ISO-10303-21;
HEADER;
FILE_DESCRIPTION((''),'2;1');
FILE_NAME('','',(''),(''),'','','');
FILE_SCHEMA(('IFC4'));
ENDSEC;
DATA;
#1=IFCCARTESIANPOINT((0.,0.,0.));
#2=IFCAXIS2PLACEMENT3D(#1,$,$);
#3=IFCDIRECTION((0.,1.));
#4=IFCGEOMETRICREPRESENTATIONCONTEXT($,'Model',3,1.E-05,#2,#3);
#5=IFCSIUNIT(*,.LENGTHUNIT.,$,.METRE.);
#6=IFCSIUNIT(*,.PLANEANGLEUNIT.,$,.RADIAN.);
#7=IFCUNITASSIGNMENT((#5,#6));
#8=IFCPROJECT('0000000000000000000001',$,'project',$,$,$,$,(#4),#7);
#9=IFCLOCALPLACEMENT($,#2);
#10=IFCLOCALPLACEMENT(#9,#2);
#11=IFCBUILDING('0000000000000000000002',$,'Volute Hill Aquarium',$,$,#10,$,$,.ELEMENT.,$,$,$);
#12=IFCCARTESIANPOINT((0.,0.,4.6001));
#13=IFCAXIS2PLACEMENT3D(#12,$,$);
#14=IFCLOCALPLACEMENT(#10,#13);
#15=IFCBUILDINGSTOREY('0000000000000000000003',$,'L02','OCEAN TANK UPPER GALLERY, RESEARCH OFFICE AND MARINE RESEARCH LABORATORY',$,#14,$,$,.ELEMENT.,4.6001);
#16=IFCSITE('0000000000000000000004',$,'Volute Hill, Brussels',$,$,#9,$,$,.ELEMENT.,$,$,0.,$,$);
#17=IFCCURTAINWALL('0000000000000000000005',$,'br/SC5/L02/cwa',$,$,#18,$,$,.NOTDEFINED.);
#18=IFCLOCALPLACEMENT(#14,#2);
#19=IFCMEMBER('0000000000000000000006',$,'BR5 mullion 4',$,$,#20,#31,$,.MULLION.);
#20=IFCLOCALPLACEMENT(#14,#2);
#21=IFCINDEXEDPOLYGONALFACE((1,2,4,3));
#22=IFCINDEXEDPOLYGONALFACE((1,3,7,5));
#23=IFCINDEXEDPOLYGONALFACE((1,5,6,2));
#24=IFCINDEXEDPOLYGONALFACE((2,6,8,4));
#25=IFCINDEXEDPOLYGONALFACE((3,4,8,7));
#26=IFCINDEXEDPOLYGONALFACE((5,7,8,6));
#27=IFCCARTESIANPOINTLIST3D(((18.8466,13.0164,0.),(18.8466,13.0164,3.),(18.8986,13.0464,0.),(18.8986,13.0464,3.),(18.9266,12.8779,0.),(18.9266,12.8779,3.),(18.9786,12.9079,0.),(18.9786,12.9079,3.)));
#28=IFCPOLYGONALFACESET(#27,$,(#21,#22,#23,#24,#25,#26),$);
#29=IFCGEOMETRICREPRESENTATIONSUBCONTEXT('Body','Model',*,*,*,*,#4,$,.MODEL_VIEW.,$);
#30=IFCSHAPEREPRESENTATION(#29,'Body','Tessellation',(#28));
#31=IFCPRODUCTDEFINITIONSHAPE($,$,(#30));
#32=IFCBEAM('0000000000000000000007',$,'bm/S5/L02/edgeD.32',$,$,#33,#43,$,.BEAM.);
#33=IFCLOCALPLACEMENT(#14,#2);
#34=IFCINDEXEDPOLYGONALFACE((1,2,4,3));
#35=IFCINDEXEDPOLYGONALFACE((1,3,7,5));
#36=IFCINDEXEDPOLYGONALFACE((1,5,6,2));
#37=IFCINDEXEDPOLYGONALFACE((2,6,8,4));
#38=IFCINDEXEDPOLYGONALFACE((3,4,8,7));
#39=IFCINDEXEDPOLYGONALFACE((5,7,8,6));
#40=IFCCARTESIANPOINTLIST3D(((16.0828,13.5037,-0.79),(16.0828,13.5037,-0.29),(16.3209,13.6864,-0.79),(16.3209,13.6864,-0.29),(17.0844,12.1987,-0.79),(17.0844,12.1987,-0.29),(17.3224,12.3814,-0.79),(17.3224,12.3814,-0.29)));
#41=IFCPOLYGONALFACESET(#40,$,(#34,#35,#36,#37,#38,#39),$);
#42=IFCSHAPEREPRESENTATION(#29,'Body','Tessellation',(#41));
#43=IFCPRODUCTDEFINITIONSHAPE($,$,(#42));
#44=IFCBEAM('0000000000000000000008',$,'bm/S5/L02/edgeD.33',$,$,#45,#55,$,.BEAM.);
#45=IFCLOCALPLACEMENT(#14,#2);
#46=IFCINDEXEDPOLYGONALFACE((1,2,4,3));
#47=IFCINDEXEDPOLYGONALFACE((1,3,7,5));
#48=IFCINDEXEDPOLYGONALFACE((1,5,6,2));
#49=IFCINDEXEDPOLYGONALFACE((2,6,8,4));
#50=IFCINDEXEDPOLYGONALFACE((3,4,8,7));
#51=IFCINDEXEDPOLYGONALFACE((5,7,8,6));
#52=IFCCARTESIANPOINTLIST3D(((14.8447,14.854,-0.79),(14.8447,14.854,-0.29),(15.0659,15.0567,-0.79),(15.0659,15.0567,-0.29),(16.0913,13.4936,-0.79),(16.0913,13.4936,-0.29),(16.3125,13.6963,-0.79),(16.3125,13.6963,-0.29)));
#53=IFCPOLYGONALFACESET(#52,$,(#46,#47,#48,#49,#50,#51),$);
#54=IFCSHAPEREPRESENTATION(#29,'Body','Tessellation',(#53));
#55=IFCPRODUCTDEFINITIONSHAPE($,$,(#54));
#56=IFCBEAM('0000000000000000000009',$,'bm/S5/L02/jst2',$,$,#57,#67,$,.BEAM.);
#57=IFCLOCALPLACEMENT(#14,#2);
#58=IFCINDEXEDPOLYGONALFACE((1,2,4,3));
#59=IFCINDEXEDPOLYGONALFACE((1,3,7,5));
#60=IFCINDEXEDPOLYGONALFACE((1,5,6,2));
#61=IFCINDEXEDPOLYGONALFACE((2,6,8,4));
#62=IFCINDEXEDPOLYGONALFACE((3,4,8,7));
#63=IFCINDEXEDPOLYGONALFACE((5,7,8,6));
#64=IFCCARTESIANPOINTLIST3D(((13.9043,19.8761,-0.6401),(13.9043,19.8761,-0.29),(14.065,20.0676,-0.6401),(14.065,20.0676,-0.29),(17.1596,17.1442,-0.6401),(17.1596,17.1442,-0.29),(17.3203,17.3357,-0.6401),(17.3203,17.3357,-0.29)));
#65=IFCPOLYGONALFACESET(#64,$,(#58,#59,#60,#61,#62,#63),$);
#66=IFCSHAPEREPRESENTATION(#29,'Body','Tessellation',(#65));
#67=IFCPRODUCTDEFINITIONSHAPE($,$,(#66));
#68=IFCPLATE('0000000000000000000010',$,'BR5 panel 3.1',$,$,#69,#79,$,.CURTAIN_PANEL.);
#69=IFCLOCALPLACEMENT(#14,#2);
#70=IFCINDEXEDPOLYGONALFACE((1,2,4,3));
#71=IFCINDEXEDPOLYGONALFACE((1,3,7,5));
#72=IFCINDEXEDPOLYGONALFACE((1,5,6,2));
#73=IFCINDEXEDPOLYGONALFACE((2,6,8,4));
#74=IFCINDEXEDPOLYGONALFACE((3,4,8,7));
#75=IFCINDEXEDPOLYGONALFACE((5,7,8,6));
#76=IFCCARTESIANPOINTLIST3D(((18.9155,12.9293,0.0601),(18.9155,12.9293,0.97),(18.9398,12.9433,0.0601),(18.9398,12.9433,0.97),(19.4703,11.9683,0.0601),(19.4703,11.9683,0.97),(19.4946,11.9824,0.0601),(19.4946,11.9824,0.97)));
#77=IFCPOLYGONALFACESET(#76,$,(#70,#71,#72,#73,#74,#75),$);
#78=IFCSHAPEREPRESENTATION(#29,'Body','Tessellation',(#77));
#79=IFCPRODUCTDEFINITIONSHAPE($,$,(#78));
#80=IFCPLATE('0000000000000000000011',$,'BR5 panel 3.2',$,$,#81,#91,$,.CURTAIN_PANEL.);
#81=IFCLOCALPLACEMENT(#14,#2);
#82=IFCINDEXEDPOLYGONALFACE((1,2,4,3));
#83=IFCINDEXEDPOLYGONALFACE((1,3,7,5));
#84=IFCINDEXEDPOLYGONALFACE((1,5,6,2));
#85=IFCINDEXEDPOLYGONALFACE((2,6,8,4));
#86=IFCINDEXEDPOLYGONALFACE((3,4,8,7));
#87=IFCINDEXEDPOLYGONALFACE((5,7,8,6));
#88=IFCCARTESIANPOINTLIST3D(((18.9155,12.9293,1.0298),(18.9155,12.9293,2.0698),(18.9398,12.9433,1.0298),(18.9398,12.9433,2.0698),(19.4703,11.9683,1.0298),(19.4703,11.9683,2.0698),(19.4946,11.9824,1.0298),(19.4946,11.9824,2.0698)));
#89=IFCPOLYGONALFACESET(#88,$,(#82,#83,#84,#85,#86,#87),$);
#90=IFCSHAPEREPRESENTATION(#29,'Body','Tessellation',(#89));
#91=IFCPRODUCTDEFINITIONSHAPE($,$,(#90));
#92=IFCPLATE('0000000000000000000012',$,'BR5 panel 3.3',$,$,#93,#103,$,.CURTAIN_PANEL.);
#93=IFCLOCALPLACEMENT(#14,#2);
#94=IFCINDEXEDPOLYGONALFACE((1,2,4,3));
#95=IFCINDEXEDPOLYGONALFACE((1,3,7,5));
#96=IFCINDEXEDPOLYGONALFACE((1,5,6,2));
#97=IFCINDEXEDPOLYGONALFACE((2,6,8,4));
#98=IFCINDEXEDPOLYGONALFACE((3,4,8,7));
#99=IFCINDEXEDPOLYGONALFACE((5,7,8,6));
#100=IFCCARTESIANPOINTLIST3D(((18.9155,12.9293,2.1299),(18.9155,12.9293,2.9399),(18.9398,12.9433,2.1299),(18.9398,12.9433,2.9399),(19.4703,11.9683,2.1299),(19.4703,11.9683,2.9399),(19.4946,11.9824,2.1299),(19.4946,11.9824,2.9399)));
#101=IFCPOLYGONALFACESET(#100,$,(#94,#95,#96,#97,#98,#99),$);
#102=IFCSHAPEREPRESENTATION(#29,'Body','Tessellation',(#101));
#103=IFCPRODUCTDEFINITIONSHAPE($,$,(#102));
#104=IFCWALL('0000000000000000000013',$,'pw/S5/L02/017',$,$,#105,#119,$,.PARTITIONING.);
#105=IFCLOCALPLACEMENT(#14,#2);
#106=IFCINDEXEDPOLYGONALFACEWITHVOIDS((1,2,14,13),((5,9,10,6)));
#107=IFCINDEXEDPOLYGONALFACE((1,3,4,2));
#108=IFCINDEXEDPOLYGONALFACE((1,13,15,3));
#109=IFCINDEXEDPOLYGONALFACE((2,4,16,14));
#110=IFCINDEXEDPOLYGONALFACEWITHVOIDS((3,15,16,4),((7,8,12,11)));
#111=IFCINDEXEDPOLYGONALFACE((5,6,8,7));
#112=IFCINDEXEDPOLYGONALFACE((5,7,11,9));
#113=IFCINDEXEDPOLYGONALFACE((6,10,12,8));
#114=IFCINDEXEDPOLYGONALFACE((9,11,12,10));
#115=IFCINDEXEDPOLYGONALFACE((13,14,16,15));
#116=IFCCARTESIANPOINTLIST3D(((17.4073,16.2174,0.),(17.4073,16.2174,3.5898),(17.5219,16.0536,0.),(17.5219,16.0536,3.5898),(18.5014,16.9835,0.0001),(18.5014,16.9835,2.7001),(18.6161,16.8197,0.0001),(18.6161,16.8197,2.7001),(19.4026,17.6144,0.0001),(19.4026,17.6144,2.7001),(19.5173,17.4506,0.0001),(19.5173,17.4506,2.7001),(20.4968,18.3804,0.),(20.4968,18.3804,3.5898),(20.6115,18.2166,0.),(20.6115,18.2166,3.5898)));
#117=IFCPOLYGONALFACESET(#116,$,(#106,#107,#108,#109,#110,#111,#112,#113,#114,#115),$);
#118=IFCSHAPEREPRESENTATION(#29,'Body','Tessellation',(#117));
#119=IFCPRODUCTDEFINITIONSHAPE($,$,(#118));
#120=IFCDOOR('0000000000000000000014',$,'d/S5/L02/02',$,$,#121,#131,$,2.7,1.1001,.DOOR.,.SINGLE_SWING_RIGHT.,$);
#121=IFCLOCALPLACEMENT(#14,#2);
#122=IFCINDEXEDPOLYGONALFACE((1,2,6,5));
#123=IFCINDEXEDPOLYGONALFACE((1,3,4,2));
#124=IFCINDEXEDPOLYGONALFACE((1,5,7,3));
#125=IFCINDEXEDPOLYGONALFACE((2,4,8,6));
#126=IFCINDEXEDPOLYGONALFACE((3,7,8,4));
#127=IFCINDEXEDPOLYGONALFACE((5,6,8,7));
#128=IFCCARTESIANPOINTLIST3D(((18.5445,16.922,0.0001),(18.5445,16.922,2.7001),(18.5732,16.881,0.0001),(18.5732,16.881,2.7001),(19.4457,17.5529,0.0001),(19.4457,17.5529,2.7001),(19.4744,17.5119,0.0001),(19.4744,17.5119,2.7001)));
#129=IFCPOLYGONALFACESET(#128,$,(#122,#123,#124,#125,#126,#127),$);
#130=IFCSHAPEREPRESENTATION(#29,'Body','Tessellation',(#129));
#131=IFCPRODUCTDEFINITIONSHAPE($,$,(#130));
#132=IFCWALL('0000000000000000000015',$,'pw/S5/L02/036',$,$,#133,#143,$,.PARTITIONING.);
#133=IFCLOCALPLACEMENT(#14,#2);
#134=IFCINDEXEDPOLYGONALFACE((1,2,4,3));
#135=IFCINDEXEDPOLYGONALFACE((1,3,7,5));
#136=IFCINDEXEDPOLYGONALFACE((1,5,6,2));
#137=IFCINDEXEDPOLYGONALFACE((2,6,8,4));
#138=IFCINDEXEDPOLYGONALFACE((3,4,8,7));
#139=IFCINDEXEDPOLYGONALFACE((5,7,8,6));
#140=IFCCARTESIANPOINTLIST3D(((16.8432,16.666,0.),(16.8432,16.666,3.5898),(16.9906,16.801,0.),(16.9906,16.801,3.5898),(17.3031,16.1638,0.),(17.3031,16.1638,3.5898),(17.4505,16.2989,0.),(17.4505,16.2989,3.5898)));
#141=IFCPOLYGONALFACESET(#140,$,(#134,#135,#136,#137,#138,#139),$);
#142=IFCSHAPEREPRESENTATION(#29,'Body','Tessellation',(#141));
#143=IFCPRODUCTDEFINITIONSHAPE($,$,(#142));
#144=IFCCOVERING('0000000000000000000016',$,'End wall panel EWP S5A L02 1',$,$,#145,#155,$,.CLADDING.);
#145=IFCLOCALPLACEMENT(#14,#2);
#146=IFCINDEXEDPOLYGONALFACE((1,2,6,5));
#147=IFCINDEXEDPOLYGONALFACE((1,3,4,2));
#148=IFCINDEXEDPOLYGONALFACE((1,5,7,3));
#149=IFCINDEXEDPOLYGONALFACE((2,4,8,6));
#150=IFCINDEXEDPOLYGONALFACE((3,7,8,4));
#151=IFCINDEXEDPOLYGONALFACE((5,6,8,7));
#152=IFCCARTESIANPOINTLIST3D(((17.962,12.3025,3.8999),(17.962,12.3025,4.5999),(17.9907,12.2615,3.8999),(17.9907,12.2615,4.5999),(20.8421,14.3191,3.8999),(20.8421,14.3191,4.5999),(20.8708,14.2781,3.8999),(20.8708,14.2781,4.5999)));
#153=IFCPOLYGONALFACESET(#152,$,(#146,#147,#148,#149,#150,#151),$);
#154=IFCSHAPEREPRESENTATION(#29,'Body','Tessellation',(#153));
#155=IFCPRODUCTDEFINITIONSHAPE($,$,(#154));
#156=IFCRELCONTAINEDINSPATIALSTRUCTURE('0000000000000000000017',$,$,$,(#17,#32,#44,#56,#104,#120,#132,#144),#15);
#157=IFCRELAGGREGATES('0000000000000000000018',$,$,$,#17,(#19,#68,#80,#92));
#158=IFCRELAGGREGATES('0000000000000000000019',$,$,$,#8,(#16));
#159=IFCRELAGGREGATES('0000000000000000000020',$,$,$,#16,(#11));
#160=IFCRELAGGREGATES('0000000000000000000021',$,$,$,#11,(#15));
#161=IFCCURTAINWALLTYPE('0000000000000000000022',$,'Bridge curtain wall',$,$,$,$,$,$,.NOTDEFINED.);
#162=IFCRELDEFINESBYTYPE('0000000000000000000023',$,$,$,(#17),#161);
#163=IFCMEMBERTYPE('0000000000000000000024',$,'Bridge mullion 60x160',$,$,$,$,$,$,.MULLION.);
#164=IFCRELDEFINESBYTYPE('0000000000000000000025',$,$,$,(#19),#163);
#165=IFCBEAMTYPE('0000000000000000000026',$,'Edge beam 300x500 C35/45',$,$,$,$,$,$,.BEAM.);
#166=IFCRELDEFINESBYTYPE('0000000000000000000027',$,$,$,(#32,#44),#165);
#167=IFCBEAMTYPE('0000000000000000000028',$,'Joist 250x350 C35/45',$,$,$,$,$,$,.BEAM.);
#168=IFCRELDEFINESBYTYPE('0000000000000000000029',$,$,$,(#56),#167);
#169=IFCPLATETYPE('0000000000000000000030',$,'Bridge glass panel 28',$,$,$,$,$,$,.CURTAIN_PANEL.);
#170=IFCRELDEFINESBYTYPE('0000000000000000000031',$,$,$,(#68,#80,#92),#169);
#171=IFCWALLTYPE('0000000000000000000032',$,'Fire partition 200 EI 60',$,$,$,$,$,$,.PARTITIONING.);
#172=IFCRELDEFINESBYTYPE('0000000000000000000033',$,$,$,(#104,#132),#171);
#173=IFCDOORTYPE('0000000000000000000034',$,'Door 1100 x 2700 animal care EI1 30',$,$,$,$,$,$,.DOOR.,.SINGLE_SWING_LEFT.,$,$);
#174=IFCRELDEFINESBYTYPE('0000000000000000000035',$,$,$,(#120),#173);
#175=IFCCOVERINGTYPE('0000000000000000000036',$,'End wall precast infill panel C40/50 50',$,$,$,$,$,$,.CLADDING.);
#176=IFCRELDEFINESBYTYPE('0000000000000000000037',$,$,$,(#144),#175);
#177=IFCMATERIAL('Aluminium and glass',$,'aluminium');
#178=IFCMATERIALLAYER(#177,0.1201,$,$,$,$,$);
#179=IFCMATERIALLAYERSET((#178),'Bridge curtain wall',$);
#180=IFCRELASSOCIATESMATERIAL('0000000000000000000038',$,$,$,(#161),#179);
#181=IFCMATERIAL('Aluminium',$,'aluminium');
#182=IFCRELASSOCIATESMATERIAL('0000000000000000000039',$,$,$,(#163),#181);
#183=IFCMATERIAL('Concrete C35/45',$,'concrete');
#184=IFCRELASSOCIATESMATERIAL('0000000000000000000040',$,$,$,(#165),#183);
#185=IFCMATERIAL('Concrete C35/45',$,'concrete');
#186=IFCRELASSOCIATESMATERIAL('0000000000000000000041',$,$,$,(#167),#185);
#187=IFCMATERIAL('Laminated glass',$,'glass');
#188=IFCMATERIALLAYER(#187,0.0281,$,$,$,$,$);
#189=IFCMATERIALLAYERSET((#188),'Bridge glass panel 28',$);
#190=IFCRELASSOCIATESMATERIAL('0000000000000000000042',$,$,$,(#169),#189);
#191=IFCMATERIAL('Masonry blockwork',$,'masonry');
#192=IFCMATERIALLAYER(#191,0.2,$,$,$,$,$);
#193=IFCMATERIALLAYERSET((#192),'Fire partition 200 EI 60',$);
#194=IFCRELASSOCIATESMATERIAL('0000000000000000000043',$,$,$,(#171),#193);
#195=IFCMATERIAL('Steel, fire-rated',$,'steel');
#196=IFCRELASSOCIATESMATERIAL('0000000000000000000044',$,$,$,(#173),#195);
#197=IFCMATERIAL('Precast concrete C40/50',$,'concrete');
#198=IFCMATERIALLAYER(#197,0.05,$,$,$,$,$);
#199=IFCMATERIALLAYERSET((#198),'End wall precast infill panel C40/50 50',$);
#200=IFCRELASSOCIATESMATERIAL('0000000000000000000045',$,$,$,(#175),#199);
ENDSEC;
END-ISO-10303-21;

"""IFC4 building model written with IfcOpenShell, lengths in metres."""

from ifc_helpers import new_model, si_unit, direction, frame, frame_2d, origin, origin_2d, place, context, subcontext, project, spatial, polyline, rectangle, outline, extrude, material, layer, layer_set, material_profile, profile_set, type_object, element, fill, aggregate, save


model = new_model("IFC4")

# Units and contexts
model_context = context("Model", 3, precision=1e-05, world=origin(), true_north=direction((0.0, 1.0)))
body_context = subcontext(model_context, "Body", "Model", "MODEL_VIEW")
ifc_project = project(units=[si_unit("LENGTHUNIT", "METRE"), si_unit("PLANEANGLEUNIT", "RADIAN")], contexts=[model_context])

# Site, building, storey
site_placement = place(None, origin())
site = spatial("IfcSite", under=ifc_project, at=site_placement, Name="Volute Hill, Brussels", CompositionType="ELEMENT", RefElevation=0.0)
building_placement = place(site_placement, origin())
building = spatial("IfcBuilding", under=site, at=building_placement, Name="Volute Hill Aquarium", CompositionType="ELEMENT")
storey_placement = place(building_placement, frame((0.0, 0.0, 4.6001)))
storey = spatial("IfcBuildingStorey", under=building, at=storey_placement, Name="L02", Description="OCEAN TANK UPPER GALLERY, RESEARCH OFFICE AND MARINE RESEARCH LABORATORY", CompositionType="ELEMENT", Elevation=4.6001)

# Curtain wall, member
ifc_material_1 = material(Name="Aluminium and glass", Category="aluminium")
ifc_layer_1 = layer(ifc_material_1, 0.1201)
ifc_layer_set_1 = layer_set([ifc_layer_1], Name="Bridge curtain wall")
curtain_wall_type = type_object("IfcCurtainWallType", Name="Bridge curtain wall", PredefinedType="NOTDEFINED", material=ifc_layer_set_1)
curtain_wall_placement = place(storey_placement, origin())
curtain_wall = element("IfcCurtainWall", 1, at=curtain_wall_placement, inside=storey, type_object=curtain_wall_type, Name="br/SC5/L02/cwa", PredefinedType="NOTDEFINED")
ifc_material_2 = material(Name="Aluminium", Category="aluminium")
ifc_material_profile_1 = material_profile(ifc_material_2, rectangle(XDim=0.0601, YDim=0.1599, at=origin_2d()), Name="Aluminium mullion 60x160")
ifc_profile_set_1 = profile_set([ifc_material_profile_1], Name="Aluminium")
member_type = type_object("IfcMemberType", Name="Bridge mullion 60x160", PredefinedType="MULLION", material=ifc_profile_set_1)
member_placement = place(storey_placement, frame((18.9126, 12.9622, 0.0), z_axis=(0.0, 0.0, 1.0), x_axis=(-0.86602, -0.50001, 0.0)))
member = element("IfcMember", 2, at=member_placement, type_object=member_type, Name="BR5 mullion 4", PredefinedType="MULLION", context=body_context, shape_type="SweptSolid", body=[
    extrude(rectangle(XDim=0.0601, YDim=0.1599, at=origin_2d()), origin(), (0.0, 0.0, 1.0), 3.0),
])

# Beams
ifc_material_3 = material(Name="Concrete C35/45", Category="concrete")
ifc_material_profile_2 = material_profile(ifc_material_3, rectangle(XDim=0.3, YDim=0.5, at=origin_2d()), Name="RC edge beam 300x500")
ifc_profile_set_2 = profile_set([ifc_material_profile_2], Name="Concrete C35/45")
beam_type_1 = type_object("IfcBeamType", Name="Edge beam 300x500 C35/45", PredefinedType="BEAM", material=ifc_profile_set_2)
beam_1_placement = place(storey_placement, frame((17.2034, 12.29, -0.54), z_axis=(-0.608821, 0.793308, 0.0), x_axis=(-0.793308, -0.608821, 0.0)))
element("IfcBeam", 3, at=beam_1_placement, inside=storey, type_object=beam_type_1, Name="bm/S5/L02/edgeD.32", PredefinedType="BEAM", context=body_context, shape_type="SweptSolid", body=[
    extrude(rectangle(XDim=0.3, YDim=0.5, at=origin_2d()), origin(), (0.0, 0.0, 1.0), 1.645),
])
beam_2_placement = place(storey_placement, frame((16.2019, 13.595, -0.54), z_axis=(-0.675605, 0.737264, 0.0), x_axis=(-0.737264, -0.675605, 0.0)))
element("IfcBeam", 4, at=beam_2_placement, inside=storey, type_object=beam_type_1, Name="bm/S5/L02/edgeD.33", PredefinedType="BEAM", context=body_context, shape_type="SweptSolid", body=[
    extrude(rectangle(XDim=0.3, YDim=0.5, at=origin_2d()), origin(), (0.0, 0.0, 1.0), 1.8452),
])
ifc_material_4 = material(Name="Concrete C35/45", Category="concrete")
ifc_material_profile_3 = material_profile(ifc_material_4, rectangle(XDim=0.25, YDim=0.3501, at=origin_2d()), Name="RC joist 250x350")
ifc_profile_set_3 = profile_set([ifc_material_profile_3], Name="Concrete C35/45")
beam_type_2 = type_object("IfcBeamType", Name="Joist 250x350 C35/45", PredefinedType="BEAM", material=ifc_profile_set_3)
beam_3_placement = place(storey_placement, frame((17.24, 17.24, -0.4651), z_axis=(-0.766004, 0.642836, 0.0), x_axis=(-0.642836, -0.766004, 0.0)))
element("IfcBeam", 5, at=beam_3_placement, inside=storey, type_object=beam_type_2, Name="bm/S5/L02/jst2", PredefinedType="BEAM", context=body_context, shape_type="SweptSolid", body=[
    extrude(rectangle(XDim=0.25, YDim=0.3501, at=origin_2d()), origin(), (0.0, 0.0, 1.0), 4.2498),
])

# Plates
ifc_material_5 = material(Name="Laminated glass", Category="glass")
ifc_layer_2 = layer(ifc_material_5, 0.0281)
ifc_layer_set_2 = layer_set([ifc_layer_2], Name="Bridge glass panel 28")
plate_type = type_object("IfcPlateType", Name="Bridge glass panel 28", PredefinedType="CURTAIN_PANEL", material=ifc_layer_set_2)
plate_1_placement = place(storey_placement, frame((19.2051, 12.4558, 0.0601), z_axis=(0.0, 0.0, 1.0), x_axis=(-0.50001, 0.86602, 0.0)))
plate_1 = element("IfcPlate", 6, at=plate_1_placement, type_object=plate_type, Name="BR5 panel 3.1", PredefinedType="CURTAIN_PANEL", context=body_context, shape_type="SweptSolid", body=[
    extrude(rectangle(XDim=1.1096, YDim=0.0281, at=origin_2d()), origin(), (0.0, 0.0, 1.0), 0.9099),
])
plate_2_placement = place(storey_placement, frame((19.2051, 12.4558, 1.0298), z_axis=(0.0, 0.0, 1.0), x_axis=(-0.50001, 0.86602, 0.0)))
plate_2 = element("IfcPlate", 7, at=plate_2_placement, type_object=plate_type, Name="BR5 panel 3.2", PredefinedType="CURTAIN_PANEL", context=body_context, shape_type="SweptSolid", body=[
    extrude(rectangle(XDim=1.1096, YDim=0.0281, at=origin_2d()), origin(), (0.0, 0.0, 1.0), 1.04),
])
plate_3_placement = place(storey_placement, frame((19.2051, 12.4558, 2.1299), z_axis=(0.0, 0.0, 1.0), x_axis=(-0.50001, 0.86602, 0.0)))
plate_3 = element("IfcPlate", 8, at=plate_3_placement, type_object=plate_type, Name="BR5 panel 3.3", PredefinedType="CURTAIN_PANEL", context=body_context, shape_type="SweptSolid", body=[
    extrude(rectangle(XDim=1.1096, YDim=0.0281, at=origin_2d()), origin(), (0.0, 0.0, 1.0), 0.8101),
])
aggregate(curtain_wall, [member, plate_1, plate_2, plate_3])

# Wall, opening, door
ifc_material_6 = material(Name="Masonry blockwork", Category="masonry")
ifc_layer_3 = layer(ifc_material_6, 0.2)
ifc_layer_set_3 = layer_set([ifc_layer_3], Name="Fire partition 200 EI 60")
wall_type = type_object("IfcWallType", Name="Fire partition 200 EI 60", PredefinedType="PARTITIONING", material=ifc_layer_set_3)
wall_1_placement = place(storey_placement, frame((17.4646, 16.1355, 0.0), z_axis=(0.0, 0.0, 1.0), x_axis=(0.819186, 0.573528, 0.0)))
wall_1 = element("IfcWall", 9, at=wall_1_placement, inside=storey, type_object=wall_type, Name="pw/S5/L02/017", PredefinedType="PARTITIONING", context=body_context, shape_type="SweptSolid", body=[
    extrude(rectangle(XDim=3.7715, YDim=0.2, at=frame_2d((1.8857, 0.0))), origin(), (0.0, 0.0, 1.0), 3.5898),
])
opening_placement = place(wall_1_placement, frame((1.3357, 0.0, 0.0)))
opening = element("IfcOpeningElement", 10, at=opening_placement, cuts=wall_1, PredefinedType="OPENING", context=body_context, shape_type="SweptSolid", body=[
    extrude(rectangle(XDim=1.1001, YDim=2.7, at=frame_2d((0.55, 1.3501))), frame((0.0, 0.1099, 0.0), z_axis=(0.0, -1.0, 0.0), x_axis=(1.0, 0.0, 0.0)), (0.0, 0.0, 1.0), 0.22),
])
ifc_material_7 = material(Name="Steel, fire-rated", Category="steel")
door_type = type_object("IfcDoorType", Name="Door 1100 x 2700 animal care EI1 30", OperationType="SINGLE_SWING_LEFT", PredefinedType="DOOR", material=ifc_material_7)
door_placement = place(opening_placement, origin())
door = element("IfcDoor", 11, at=door_placement, inside=storey, type_object=door_type, Name="d/S5/L02/02", OperationType="SINGLE_SWING_RIGHT", OverallHeight=2.7, OverallWidth=1.1001, PredefinedType="DOOR", context=body_context, shape_type="SweptSolid", body=[
    extrude(rectangle(XDim=1.1001, YDim=2.7, at=frame_2d((0.55, 1.3501))), frame((0.0, 0.0249, 0.0), z_axis=(0.0, -1.0, 0.0), x_axis=(1.0, 0.0, 0.0)), (0.0, 0.0, 1.0), 0.05),
])
fill(opening, door)

# Wall
wall_2_placement = place(storey_placement, frame((16.917, 16.7334, 0.0), z_axis=(0.0, 0.0, 1.0), x_axis=(0.675416, -0.737437, 0.0)))
element("IfcWall", 12, at=wall_2_placement, inside=storey, type_object=wall_type, Name="pw/S5/L02/036", PredefinedType="PARTITIONING", context=body_context, shape_type="SweptSolid", body=[
    extrude(rectangle(XDim=0.6809, YDim=0.2, at=frame_2d((0.3403, 0.0))), origin(), (0.0, 0.0, 1.0), 3.5898),
])

# Covering
ifc_material_8 = material(Name="Precast concrete C40/50", Category="concrete")
ifc_layer_4 = layer(ifc_material_8, 0.05)
ifc_layer_set_4 = layer_set([ifc_layer_4], Name="End wall precast infill panel C40/50 50")
covering_type = type_object("IfcCoveringType", Name="End wall precast infill panel C40/50 50", PredefinedType="CLADDING", material=ifc_layer_set_4)
covering_placement = place(storey_placement, frame((17.9907, 12.2615, 3.8999), z_axis=(0.57356, -0.819163, 0.0), x_axis=(0.819163, 0.57356, 0.0)))
element("IfcCovering", 13, at=covering_placement, inside=storey, type_object=covering_type, Name="End wall panel EWP S5A L02 1", PredefinedType="CLADDING", context=body_context, shape_type="SweptSolid", body=[
    extrude(outline(polyline([(0.0, 0.0), (3.5159, 0.0), (3.5159, 0.7), (0.0, 0.7), (0.0, 0.0)])), origin(), (0.0, 0.0, -1.0), 0.05),
])

save(model, "model.ifc")
